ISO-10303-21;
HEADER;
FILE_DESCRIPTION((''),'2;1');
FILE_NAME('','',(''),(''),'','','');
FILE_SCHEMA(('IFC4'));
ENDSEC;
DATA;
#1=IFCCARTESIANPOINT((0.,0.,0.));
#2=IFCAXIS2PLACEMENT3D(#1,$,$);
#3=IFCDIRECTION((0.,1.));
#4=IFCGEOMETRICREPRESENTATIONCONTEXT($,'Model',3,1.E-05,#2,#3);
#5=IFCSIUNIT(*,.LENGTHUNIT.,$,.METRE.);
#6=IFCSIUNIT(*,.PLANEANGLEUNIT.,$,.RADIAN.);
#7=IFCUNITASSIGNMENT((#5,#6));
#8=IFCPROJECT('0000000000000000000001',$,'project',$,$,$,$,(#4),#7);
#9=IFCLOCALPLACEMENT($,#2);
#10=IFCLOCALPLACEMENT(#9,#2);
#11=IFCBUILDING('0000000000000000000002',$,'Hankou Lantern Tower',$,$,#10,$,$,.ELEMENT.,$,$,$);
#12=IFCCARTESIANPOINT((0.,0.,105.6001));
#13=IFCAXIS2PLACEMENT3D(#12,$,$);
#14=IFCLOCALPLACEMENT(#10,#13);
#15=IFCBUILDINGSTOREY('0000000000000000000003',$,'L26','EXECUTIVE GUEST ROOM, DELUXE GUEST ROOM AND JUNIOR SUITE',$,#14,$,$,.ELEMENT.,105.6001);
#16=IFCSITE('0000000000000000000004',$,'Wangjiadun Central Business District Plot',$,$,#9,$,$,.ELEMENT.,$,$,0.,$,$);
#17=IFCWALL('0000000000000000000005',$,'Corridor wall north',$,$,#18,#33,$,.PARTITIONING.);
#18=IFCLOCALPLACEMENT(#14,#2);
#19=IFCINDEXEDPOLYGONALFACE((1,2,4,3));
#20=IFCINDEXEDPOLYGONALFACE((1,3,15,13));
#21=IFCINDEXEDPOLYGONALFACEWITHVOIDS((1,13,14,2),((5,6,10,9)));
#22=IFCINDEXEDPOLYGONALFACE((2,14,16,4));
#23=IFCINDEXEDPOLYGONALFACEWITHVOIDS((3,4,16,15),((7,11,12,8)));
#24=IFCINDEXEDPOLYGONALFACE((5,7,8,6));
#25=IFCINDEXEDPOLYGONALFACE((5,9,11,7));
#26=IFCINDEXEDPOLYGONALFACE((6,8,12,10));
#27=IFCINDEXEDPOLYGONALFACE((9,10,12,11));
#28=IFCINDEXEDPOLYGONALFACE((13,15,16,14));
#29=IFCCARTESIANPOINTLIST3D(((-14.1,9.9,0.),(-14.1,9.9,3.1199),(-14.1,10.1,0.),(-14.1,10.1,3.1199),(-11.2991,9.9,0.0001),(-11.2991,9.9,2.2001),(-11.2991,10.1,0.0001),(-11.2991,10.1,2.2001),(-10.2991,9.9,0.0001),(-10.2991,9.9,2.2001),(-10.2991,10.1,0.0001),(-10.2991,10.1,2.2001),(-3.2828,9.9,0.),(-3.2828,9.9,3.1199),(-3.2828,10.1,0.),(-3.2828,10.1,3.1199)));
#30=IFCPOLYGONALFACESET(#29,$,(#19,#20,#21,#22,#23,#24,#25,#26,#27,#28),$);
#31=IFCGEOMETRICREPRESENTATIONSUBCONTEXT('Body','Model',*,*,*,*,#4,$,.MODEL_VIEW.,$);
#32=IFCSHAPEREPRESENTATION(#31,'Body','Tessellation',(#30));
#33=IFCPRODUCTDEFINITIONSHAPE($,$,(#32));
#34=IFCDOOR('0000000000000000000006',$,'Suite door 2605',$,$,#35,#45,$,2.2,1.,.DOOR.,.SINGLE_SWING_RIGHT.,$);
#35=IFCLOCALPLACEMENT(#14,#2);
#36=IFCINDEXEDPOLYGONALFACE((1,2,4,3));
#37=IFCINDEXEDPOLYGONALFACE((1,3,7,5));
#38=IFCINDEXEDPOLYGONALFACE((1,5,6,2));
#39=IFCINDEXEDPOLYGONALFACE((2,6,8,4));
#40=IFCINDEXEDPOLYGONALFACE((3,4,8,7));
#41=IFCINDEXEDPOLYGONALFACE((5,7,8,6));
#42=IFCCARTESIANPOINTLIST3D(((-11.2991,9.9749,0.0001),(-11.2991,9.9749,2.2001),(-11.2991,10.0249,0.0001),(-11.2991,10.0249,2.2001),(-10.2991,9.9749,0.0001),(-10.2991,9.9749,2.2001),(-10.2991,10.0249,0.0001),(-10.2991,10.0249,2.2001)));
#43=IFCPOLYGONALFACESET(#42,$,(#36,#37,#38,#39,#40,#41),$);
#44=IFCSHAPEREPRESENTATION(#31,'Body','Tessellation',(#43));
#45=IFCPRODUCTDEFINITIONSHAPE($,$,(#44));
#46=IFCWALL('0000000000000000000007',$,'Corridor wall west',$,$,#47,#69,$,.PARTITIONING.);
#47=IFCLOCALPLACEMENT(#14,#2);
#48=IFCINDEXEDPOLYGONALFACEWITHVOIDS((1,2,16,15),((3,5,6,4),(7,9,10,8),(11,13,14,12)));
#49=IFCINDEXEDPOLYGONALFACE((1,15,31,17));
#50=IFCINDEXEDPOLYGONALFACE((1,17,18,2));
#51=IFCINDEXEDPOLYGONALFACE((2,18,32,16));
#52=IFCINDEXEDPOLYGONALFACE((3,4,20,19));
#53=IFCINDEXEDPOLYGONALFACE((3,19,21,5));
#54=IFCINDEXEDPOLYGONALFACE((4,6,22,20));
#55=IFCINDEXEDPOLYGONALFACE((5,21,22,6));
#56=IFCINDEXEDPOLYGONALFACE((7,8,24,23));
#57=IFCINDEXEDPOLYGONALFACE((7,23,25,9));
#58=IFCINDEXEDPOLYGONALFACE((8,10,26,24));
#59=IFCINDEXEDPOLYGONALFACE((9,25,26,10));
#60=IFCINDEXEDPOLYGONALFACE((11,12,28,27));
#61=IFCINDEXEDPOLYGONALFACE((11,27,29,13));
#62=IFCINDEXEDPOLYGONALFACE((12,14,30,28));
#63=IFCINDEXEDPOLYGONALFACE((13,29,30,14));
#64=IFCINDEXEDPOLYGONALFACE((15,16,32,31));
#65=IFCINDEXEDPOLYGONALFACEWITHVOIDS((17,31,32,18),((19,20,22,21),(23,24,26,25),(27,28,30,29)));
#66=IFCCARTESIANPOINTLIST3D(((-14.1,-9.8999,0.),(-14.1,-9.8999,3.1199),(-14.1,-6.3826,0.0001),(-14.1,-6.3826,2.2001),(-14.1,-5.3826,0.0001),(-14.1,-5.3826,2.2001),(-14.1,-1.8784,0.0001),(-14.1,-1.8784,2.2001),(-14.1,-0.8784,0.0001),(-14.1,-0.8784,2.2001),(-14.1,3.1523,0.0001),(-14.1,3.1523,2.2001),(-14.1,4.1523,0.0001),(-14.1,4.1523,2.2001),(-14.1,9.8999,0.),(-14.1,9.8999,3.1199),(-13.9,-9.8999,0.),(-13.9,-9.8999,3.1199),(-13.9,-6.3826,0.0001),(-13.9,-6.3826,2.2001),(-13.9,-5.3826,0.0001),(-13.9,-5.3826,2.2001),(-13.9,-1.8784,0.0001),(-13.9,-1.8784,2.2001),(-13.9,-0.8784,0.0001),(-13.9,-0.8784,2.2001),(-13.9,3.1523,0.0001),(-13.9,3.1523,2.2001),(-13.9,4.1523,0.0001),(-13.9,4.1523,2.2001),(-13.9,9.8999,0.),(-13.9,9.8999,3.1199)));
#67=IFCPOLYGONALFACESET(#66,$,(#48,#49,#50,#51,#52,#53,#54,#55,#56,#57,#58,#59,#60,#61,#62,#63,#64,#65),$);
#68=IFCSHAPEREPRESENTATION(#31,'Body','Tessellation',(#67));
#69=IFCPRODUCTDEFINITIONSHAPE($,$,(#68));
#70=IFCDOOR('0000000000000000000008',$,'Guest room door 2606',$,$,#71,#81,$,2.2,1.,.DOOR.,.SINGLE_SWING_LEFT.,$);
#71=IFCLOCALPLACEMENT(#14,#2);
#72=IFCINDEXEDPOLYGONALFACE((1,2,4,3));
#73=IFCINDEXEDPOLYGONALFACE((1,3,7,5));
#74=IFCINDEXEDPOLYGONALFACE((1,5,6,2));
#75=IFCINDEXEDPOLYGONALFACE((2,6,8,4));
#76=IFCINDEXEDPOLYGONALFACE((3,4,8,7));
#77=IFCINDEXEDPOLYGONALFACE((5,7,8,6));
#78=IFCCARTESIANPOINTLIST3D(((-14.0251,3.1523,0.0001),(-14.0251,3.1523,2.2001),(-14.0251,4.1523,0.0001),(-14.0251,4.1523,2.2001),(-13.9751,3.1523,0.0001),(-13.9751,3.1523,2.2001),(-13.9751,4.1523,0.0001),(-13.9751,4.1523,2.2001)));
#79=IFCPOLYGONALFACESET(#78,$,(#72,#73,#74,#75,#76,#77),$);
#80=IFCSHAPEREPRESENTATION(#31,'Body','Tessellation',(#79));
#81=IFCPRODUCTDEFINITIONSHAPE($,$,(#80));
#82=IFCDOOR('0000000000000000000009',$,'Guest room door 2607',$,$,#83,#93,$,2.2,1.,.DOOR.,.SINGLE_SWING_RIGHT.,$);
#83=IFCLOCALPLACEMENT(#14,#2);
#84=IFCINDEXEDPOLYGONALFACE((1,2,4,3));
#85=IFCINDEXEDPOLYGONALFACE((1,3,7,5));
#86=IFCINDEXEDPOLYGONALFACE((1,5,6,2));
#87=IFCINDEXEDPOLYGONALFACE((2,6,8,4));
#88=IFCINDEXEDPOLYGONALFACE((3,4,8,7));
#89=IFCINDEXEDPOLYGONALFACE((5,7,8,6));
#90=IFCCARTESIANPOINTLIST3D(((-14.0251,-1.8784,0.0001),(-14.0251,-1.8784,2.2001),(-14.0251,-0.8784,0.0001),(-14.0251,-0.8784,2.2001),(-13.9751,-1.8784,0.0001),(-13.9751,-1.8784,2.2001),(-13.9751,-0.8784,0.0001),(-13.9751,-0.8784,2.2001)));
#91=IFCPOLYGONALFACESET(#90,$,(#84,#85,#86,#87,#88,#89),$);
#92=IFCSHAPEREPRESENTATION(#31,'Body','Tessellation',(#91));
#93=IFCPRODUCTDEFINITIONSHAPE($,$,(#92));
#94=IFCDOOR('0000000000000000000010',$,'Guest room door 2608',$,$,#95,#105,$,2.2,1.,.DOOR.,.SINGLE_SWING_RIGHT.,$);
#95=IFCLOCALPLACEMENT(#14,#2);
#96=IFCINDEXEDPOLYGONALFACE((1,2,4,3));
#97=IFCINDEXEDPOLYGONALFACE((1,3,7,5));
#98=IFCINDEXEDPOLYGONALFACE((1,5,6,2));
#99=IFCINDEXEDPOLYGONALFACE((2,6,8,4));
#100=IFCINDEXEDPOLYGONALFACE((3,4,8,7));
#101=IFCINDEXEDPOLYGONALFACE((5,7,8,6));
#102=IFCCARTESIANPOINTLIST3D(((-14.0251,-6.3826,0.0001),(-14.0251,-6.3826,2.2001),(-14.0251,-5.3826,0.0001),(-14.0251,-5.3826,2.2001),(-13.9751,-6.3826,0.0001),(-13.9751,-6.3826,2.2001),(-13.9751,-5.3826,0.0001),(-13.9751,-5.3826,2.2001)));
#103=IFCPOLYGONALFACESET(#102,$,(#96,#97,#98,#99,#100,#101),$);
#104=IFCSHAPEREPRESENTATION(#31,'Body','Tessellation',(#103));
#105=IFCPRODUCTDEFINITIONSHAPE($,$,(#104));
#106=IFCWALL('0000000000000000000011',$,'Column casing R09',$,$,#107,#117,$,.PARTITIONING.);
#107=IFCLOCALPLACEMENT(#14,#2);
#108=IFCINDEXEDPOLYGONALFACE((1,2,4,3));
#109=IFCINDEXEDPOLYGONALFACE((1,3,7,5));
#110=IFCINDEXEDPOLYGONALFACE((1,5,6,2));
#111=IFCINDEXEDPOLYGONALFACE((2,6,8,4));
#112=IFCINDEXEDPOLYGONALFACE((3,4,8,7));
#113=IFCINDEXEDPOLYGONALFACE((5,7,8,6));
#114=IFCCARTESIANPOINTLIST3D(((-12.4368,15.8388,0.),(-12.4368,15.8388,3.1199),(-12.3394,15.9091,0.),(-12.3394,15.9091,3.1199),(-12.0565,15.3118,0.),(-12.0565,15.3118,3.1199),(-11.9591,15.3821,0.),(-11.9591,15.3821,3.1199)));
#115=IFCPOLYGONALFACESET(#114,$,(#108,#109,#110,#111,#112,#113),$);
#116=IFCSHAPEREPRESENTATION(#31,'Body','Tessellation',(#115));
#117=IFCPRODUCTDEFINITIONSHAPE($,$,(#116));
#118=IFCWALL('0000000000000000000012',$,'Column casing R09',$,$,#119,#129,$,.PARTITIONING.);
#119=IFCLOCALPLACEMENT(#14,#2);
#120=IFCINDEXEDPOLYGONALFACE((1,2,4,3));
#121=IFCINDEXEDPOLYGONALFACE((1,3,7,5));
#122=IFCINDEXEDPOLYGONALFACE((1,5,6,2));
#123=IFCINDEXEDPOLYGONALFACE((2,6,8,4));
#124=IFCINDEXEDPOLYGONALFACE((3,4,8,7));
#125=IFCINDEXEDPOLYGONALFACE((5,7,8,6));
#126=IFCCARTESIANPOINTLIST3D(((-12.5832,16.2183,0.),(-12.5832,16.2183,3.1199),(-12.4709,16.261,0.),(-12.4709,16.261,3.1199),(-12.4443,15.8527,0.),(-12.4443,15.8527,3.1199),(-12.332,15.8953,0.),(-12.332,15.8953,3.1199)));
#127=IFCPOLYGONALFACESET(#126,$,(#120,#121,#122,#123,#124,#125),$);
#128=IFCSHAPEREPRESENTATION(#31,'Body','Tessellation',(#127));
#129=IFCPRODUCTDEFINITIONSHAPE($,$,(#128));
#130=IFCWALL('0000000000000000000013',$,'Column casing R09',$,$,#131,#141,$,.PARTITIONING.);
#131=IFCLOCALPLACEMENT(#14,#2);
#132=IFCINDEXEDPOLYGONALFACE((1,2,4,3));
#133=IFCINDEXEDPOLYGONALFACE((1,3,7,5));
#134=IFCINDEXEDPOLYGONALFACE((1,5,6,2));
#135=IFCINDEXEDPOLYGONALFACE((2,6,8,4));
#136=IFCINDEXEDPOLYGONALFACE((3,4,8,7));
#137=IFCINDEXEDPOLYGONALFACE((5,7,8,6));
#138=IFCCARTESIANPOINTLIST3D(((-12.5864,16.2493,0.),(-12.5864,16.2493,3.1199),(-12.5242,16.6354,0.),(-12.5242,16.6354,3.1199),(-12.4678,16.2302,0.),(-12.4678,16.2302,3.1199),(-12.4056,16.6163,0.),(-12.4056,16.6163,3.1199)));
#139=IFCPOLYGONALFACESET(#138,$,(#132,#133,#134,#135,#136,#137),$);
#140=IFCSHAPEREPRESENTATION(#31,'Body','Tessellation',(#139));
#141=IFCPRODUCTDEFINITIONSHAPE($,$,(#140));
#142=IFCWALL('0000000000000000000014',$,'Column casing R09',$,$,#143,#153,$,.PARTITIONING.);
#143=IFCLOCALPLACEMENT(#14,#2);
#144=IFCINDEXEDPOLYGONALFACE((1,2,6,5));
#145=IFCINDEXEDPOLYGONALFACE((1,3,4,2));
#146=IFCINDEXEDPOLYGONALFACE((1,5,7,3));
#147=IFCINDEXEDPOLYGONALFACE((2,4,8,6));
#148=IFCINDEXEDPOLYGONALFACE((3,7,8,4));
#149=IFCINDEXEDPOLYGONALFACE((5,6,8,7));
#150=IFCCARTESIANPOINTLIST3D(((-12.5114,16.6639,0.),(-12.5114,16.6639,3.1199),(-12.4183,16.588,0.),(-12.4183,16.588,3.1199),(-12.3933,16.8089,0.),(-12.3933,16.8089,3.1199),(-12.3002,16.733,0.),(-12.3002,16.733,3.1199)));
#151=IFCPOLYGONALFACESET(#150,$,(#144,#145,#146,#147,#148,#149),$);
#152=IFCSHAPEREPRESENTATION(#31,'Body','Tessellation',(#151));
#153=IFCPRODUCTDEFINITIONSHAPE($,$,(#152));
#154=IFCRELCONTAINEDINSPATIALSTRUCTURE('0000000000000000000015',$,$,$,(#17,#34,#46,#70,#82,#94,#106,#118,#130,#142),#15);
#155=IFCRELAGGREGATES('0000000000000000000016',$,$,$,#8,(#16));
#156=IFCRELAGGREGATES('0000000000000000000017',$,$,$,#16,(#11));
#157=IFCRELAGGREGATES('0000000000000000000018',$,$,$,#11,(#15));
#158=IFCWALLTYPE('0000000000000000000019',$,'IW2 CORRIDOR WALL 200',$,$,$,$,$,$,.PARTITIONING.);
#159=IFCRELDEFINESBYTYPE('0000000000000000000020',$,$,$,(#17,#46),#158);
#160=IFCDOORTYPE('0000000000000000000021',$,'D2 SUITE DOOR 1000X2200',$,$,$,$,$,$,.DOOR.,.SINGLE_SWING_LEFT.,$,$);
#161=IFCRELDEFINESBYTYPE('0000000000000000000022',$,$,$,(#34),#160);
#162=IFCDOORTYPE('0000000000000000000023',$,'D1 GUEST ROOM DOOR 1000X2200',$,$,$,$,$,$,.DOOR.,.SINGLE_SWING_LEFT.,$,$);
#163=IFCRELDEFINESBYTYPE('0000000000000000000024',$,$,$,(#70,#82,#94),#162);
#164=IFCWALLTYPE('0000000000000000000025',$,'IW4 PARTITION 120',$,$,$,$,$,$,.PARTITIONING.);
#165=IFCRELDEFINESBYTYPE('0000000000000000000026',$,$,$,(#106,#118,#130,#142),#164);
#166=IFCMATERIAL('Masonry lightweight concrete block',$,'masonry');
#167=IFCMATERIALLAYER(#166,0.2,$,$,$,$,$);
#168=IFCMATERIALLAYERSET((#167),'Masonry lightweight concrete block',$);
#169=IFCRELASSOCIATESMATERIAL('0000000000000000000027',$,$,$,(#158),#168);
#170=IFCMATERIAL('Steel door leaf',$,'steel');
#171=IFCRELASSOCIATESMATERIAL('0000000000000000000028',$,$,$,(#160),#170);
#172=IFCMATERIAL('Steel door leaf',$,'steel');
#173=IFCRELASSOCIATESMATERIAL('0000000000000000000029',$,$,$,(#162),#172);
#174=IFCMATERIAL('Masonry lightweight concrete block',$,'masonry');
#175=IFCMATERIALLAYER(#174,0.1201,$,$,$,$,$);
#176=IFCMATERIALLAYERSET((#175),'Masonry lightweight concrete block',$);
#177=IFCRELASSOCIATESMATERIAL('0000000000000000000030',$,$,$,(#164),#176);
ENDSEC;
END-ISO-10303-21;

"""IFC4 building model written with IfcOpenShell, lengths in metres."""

from ifc_helpers import new_model, si_unit, direction, frame, frame_2d, origin, place, context, subcontext, project, spatial, rectangle, extrude, material, layer, layer_set, type_object, element, fill, save


model = new_model("IFC4")

# Units and contexts
model_context = context("Model", 3, precision=1e-05, world=origin(), true_north=direction((0.0, 1.0)))
body_context = subcontext(model_context, "Body", "Model", "MODEL_VIEW")
ifc_project = project(units=[si_unit("LENGTHUNIT", "METRE"), si_unit("PLANEANGLEUNIT", "RADIAN")], contexts=[model_context])

# Site, building, storey
site_placement = place(None, origin())
site = spatial("IfcSite", under=ifc_project, at=site_placement, Name="Wangjiadun Central Business District Plot", CompositionType="ELEMENT", RefElevation=0.0)
building_placement = place(site_placement, origin())
building = spatial("IfcBuilding", under=site, at=building_placement, Name="Hankou Lantern Tower", CompositionType="ELEMENT")
storey_placement = place(building_placement, frame((0.0, 0.0, 105.6001)))
storey = spatial("IfcBuildingStorey", under=building, at=storey_placement, Name="L26", Description="EXECUTIVE GUEST ROOM, DELUXE GUEST ROOM AND JUNIOR SUITE", CompositionType="ELEMENT", Elevation=105.6001)

# Wall, opening, door
ifc_material_1 = material(Name="Masonry lightweight concrete block", Category="masonry")
ifc_layer_1 = layer(ifc_material_1, 0.2)
ifc_layer_set_1 = layer_set([ifc_layer_1], Name="Masonry lightweight concrete block")
wall_type_1 = type_object("IfcWallType", Name="IW2 CORRIDOR WALL 200", PredefinedType="PARTITIONING", material=ifc_layer_set_1)
wall_1_placement = place(storey_placement, frame((-14.1001, 10.0, 0.0), z_axis=(0.0, 0.0, 1.0), x_axis=(1.0, 0.0, 0.0)))
wall_1 = element("IfcWall", 1, at=wall_1_placement, inside=storey, type_object=wall_type_1, Name="Corridor wall north", PredefinedType="PARTITIONING", context=body_context, shape_type="SweptSolid", body=[
    extrude(rectangle(XDim=10.8171, YDim=0.2, at=frame_2d((5.4087, 0.0))), origin(), (0.0, 0.0, 1.0), 3.1199),
])
opening_1_placement = place(wall_1_placement, frame((2.801, 0.0, 0.0)))
opening_1 = element("IfcOpeningElement", 2, at=opening_1_placement, cuts=wall_1, PredefinedType="OPENING", context=body_context, shape_type="SweptSolid", body=[
    extrude(rectangle(XDim=1.0, YDim=2.2, at=frame_2d((0.5, 1.1001))), frame((0.0, 0.1099, 0.0), z_axis=(0.0, -1.0, 0.0), x_axis=(1.0, 0.0, 0.0)), (0.0, 0.0, 1.0), 0.22),
])
ifc_material_2 = material(Name="Steel door leaf", Category="steel")
door_type_1 = type_object("IfcDoorType", Name="D2 SUITE DOOR 1000X2200", OperationType="SINGLE_SWING_LEFT", PredefinedType="DOOR", material=ifc_material_2)
door_1_placement = place(opening_1_placement, origin())
door_1 = element("IfcDoor", 3, at=door_1_placement, inside=storey, type_object=door_type_1, Name="Suite door 2605", OperationType="SINGLE_SWING_RIGHT", OverallHeight=2.2, OverallWidth=1.0, PredefinedType="DOOR", context=body_context, shape_type="SweptSolid", body=[
    extrude(rectangle(XDim=1.0, YDim=2.2, at=frame_2d((0.5, 1.1001))), frame((0.0, 0.0249, 0.0), z_axis=(0.0, -1.0, 0.0), x_axis=(1.0, 0.0, 0.0)), (0.0, 0.0, 1.0), 0.05),
])
fill(opening_1, door_1)

# Wall, openings, doors
wall_2_placement = place(storey_placement, frame((-14.0, 9.8999, 0.0), z_axis=(0.0, 0.0, 1.0), x_axis=(0.0, -1.0, 0.0)))
wall_2 = element("IfcWall", 4, at=wall_2_placement, inside=storey, type_object=wall_type_1, Name="Corridor wall west", PredefinedType="PARTITIONING", context=body_context, shape_type="SweptSolid", body=[
    extrude(rectangle(XDim=19.7998, YDim=0.2, at=frame_2d((9.8999, 0.0))), origin(), (0.0, 0.0, 1.0), 3.1199),
])
opening_2_placement = place(wall_2_placement, frame((5.7476, 0.0, 0.0)))
opening_2 = element("IfcOpeningElement", 5, at=opening_2_placement, cuts=wall_2, PredefinedType="OPENING", context=body_context, shape_type="SweptSolid", body=[
    extrude(rectangle(XDim=1.0, YDim=2.2, at=frame_2d((0.5, 1.1001))), frame((0.0, 0.1099, 0.0), z_axis=(0.0, -1.0, 0.0), x_axis=(1.0, 0.0, 0.0)), (0.0, 0.0, 1.0), 0.22),
])
opening_3_placement = place(wall_2_placement, frame((10.7783, 0.0, 0.0)))
opening_3 = element("IfcOpeningElement", 6, at=opening_3_placement, cuts=wall_2, PredefinedType="OPENING", context=body_context, shape_type="SweptSolid", body=[
    extrude(rectangle(XDim=1.0, YDim=2.2, at=frame_2d((0.5, 1.1001))), frame((0.0, 0.1099, 0.0), z_axis=(0.0, -1.0, 0.0), x_axis=(1.0, 0.0, 0.0)), (0.0, 0.0, 1.0), 0.22),
])
opening_4_placement = place(wall_2_placement, frame((15.2825, 0.0, 0.0)))
opening_4 = element("IfcOpeningElement", 7, at=opening_4_placement, cuts=wall_2, PredefinedType="OPENING", context=body_context, shape_type="SweptSolid", body=[
    extrude(rectangle(XDim=1.0, YDim=2.2, at=frame_2d((0.5, 1.1001))), frame((0.0, 0.1099, 0.0), z_axis=(0.0, -1.0, 0.0), x_axis=(1.0, 0.0, 0.0)), (0.0, 0.0, 1.0), 0.22),
])
ifc_material_3 = material(Name="Steel door leaf", Category="steel")
door_type_2 = type_object("IfcDoorType", Name="D1 GUEST ROOM DOOR 1000X2200", OperationType="SINGLE_SWING_LEFT", PredefinedType="DOOR", material=ifc_material_3)
door_2_placement = place(opening_2_placement, origin())
door_2 = element("IfcDoor", 8, at=door_2_placement, inside=storey, type_object=door_type_2, Name="Guest room door 2606", OperationType="SINGLE_SWING_LEFT", OverallHeight=2.2, OverallWidth=1.0, PredefinedType="DOOR", context=body_context, shape_type="SweptSolid", body=[
    extrude(rectangle(XDim=1.0, YDim=2.2, at=frame_2d((0.5, 1.1001))), frame((0.0, 0.0249, 0.0), z_axis=(0.0, -1.0, 0.0), x_axis=(1.0, 0.0, 0.0)), (0.0, 0.0, 1.0), 0.05),
])
fill(opening_2, door_2)
door_3_placement = place(opening_3_placement, origin())
door_3 = element("IfcDoor", 9, at=door_3_placement, inside=storey, type_object=door_type_2, Name="Guest room door 2607", OperationType="SINGLE_SWING_RIGHT", OverallHeight=2.2, OverallWidth=1.0, PredefinedType="DOOR", context=body_context, shape_type="SweptSolid", body=[
    extrude(rectangle(XDim=1.0, YDim=2.2, at=frame_2d((0.5, 1.1001))), frame((0.0, 0.0249, 0.0), z_axis=(0.0, -1.0, 0.0), x_axis=(1.0, 0.0, 0.0)), (0.0, 0.0, 1.0), 0.05),
])
fill(opening_3, door_3)
door_4_placement = place(opening_4_placement, origin())
door_4 = element("IfcDoor", 10, at=door_4_placement, inside=storey, type_object=door_type_2, Name="Guest room door 2608", OperationType="SINGLE_SWING_RIGHT", OverallHeight=2.2, OverallWidth=1.0, PredefinedType="DOOR", context=body_context, shape_type="SweptSolid", body=[
    extrude(rectangle(XDim=1.0, YDim=2.2, at=frame_2d((0.5, 1.1001))), frame((0.0, 0.0249, 0.0), z_axis=(0.0, -1.0, 0.0), x_axis=(1.0, 0.0, 0.0)), (0.0, 0.0, 1.0), 0.05),
])
fill(opening_4, door_4)

# Walls
ifc_material_4 = material(Name="Masonry lightweight concrete block", Category="masonry")
ifc_layer_2 = layer(ifc_material_4, 0.1201)
ifc_layer_set_2 = layer_set([ifc_layer_2], Name="Masonry lightweight concrete block")
wall_type_2 = type_object("IfcWallType", Name="IW4 PARTITION 120", PredefinedType="PARTITIONING", material=ifc_layer_set_2)
wall_3_placement = place(storey_placement, frame((-12.0078, 15.3469, 0.0), z_axis=(0.0, 0.0, 1.0), x_axis=(-0.585175, 0.810907, 0.0)))
element("IfcWall", 11, at=wall_3_placement, inside=storey, type_object=wall_type_2, Name="Column casing R09", PredefinedType="PARTITIONING", context=body_context, shape_type="SweptSolid", body=[
    extrude(rectangle(XDim=0.6499, YDim=0.1201, at=frame_2d((0.325, 0.0))), origin(), (0.0, 0.0, 1.0), 3.1199),
])
for number, where, z_axis, x_axis, name in (
    (12, (-12.3882, 15.874, 0.0), (0.0, 0.0, 1.0), (-0.355087, 0.934833, 0.0), "Column casing R09"),
    (13, (-12.5271, 16.2397, 0.0), (0.0, 0.0, 1.0), (0.159134, 0.987257, 0.0), "Column casing R09"),
):
    element("IfcWall", number, at=place(storey_placement, frame(where, z_axis=z_axis, x_axis=x_axis)), inside=storey, type_object=wall_type_2, Name=name, PredefinedType="PARTITIONING", context=body_context, shape_type="SweptSolid", body=[
        extrude(rectangle(XDim=0.3911, YDim=0.1201, at=frame_2d((0.1956, 0.0))), origin(), (0.0, 0.0, 1.0), 3.1199),
    ])
wall_4_placement = place(storey_placement, frame((-12.4648, 16.626, 0.0), z_axis=(0.0, 0.0, 1.0), x_axis=(0.631673, 0.775235, 0.0)))
element("IfcWall", 14, at=wall_4_placement, inside=storey, type_object=wall_type_2, Name="Column casing R09", PredefinedType="PARTITIONING", context=body_context, shape_type="SweptSolid", body=[
    extrude(rectangle(XDim=0.187, YDim=0.1201, at=frame_2d((0.0935, 0.0))), origin(), (0.0, 0.0, 1.0), 3.1199),
])

save(model, "model.ifc")
